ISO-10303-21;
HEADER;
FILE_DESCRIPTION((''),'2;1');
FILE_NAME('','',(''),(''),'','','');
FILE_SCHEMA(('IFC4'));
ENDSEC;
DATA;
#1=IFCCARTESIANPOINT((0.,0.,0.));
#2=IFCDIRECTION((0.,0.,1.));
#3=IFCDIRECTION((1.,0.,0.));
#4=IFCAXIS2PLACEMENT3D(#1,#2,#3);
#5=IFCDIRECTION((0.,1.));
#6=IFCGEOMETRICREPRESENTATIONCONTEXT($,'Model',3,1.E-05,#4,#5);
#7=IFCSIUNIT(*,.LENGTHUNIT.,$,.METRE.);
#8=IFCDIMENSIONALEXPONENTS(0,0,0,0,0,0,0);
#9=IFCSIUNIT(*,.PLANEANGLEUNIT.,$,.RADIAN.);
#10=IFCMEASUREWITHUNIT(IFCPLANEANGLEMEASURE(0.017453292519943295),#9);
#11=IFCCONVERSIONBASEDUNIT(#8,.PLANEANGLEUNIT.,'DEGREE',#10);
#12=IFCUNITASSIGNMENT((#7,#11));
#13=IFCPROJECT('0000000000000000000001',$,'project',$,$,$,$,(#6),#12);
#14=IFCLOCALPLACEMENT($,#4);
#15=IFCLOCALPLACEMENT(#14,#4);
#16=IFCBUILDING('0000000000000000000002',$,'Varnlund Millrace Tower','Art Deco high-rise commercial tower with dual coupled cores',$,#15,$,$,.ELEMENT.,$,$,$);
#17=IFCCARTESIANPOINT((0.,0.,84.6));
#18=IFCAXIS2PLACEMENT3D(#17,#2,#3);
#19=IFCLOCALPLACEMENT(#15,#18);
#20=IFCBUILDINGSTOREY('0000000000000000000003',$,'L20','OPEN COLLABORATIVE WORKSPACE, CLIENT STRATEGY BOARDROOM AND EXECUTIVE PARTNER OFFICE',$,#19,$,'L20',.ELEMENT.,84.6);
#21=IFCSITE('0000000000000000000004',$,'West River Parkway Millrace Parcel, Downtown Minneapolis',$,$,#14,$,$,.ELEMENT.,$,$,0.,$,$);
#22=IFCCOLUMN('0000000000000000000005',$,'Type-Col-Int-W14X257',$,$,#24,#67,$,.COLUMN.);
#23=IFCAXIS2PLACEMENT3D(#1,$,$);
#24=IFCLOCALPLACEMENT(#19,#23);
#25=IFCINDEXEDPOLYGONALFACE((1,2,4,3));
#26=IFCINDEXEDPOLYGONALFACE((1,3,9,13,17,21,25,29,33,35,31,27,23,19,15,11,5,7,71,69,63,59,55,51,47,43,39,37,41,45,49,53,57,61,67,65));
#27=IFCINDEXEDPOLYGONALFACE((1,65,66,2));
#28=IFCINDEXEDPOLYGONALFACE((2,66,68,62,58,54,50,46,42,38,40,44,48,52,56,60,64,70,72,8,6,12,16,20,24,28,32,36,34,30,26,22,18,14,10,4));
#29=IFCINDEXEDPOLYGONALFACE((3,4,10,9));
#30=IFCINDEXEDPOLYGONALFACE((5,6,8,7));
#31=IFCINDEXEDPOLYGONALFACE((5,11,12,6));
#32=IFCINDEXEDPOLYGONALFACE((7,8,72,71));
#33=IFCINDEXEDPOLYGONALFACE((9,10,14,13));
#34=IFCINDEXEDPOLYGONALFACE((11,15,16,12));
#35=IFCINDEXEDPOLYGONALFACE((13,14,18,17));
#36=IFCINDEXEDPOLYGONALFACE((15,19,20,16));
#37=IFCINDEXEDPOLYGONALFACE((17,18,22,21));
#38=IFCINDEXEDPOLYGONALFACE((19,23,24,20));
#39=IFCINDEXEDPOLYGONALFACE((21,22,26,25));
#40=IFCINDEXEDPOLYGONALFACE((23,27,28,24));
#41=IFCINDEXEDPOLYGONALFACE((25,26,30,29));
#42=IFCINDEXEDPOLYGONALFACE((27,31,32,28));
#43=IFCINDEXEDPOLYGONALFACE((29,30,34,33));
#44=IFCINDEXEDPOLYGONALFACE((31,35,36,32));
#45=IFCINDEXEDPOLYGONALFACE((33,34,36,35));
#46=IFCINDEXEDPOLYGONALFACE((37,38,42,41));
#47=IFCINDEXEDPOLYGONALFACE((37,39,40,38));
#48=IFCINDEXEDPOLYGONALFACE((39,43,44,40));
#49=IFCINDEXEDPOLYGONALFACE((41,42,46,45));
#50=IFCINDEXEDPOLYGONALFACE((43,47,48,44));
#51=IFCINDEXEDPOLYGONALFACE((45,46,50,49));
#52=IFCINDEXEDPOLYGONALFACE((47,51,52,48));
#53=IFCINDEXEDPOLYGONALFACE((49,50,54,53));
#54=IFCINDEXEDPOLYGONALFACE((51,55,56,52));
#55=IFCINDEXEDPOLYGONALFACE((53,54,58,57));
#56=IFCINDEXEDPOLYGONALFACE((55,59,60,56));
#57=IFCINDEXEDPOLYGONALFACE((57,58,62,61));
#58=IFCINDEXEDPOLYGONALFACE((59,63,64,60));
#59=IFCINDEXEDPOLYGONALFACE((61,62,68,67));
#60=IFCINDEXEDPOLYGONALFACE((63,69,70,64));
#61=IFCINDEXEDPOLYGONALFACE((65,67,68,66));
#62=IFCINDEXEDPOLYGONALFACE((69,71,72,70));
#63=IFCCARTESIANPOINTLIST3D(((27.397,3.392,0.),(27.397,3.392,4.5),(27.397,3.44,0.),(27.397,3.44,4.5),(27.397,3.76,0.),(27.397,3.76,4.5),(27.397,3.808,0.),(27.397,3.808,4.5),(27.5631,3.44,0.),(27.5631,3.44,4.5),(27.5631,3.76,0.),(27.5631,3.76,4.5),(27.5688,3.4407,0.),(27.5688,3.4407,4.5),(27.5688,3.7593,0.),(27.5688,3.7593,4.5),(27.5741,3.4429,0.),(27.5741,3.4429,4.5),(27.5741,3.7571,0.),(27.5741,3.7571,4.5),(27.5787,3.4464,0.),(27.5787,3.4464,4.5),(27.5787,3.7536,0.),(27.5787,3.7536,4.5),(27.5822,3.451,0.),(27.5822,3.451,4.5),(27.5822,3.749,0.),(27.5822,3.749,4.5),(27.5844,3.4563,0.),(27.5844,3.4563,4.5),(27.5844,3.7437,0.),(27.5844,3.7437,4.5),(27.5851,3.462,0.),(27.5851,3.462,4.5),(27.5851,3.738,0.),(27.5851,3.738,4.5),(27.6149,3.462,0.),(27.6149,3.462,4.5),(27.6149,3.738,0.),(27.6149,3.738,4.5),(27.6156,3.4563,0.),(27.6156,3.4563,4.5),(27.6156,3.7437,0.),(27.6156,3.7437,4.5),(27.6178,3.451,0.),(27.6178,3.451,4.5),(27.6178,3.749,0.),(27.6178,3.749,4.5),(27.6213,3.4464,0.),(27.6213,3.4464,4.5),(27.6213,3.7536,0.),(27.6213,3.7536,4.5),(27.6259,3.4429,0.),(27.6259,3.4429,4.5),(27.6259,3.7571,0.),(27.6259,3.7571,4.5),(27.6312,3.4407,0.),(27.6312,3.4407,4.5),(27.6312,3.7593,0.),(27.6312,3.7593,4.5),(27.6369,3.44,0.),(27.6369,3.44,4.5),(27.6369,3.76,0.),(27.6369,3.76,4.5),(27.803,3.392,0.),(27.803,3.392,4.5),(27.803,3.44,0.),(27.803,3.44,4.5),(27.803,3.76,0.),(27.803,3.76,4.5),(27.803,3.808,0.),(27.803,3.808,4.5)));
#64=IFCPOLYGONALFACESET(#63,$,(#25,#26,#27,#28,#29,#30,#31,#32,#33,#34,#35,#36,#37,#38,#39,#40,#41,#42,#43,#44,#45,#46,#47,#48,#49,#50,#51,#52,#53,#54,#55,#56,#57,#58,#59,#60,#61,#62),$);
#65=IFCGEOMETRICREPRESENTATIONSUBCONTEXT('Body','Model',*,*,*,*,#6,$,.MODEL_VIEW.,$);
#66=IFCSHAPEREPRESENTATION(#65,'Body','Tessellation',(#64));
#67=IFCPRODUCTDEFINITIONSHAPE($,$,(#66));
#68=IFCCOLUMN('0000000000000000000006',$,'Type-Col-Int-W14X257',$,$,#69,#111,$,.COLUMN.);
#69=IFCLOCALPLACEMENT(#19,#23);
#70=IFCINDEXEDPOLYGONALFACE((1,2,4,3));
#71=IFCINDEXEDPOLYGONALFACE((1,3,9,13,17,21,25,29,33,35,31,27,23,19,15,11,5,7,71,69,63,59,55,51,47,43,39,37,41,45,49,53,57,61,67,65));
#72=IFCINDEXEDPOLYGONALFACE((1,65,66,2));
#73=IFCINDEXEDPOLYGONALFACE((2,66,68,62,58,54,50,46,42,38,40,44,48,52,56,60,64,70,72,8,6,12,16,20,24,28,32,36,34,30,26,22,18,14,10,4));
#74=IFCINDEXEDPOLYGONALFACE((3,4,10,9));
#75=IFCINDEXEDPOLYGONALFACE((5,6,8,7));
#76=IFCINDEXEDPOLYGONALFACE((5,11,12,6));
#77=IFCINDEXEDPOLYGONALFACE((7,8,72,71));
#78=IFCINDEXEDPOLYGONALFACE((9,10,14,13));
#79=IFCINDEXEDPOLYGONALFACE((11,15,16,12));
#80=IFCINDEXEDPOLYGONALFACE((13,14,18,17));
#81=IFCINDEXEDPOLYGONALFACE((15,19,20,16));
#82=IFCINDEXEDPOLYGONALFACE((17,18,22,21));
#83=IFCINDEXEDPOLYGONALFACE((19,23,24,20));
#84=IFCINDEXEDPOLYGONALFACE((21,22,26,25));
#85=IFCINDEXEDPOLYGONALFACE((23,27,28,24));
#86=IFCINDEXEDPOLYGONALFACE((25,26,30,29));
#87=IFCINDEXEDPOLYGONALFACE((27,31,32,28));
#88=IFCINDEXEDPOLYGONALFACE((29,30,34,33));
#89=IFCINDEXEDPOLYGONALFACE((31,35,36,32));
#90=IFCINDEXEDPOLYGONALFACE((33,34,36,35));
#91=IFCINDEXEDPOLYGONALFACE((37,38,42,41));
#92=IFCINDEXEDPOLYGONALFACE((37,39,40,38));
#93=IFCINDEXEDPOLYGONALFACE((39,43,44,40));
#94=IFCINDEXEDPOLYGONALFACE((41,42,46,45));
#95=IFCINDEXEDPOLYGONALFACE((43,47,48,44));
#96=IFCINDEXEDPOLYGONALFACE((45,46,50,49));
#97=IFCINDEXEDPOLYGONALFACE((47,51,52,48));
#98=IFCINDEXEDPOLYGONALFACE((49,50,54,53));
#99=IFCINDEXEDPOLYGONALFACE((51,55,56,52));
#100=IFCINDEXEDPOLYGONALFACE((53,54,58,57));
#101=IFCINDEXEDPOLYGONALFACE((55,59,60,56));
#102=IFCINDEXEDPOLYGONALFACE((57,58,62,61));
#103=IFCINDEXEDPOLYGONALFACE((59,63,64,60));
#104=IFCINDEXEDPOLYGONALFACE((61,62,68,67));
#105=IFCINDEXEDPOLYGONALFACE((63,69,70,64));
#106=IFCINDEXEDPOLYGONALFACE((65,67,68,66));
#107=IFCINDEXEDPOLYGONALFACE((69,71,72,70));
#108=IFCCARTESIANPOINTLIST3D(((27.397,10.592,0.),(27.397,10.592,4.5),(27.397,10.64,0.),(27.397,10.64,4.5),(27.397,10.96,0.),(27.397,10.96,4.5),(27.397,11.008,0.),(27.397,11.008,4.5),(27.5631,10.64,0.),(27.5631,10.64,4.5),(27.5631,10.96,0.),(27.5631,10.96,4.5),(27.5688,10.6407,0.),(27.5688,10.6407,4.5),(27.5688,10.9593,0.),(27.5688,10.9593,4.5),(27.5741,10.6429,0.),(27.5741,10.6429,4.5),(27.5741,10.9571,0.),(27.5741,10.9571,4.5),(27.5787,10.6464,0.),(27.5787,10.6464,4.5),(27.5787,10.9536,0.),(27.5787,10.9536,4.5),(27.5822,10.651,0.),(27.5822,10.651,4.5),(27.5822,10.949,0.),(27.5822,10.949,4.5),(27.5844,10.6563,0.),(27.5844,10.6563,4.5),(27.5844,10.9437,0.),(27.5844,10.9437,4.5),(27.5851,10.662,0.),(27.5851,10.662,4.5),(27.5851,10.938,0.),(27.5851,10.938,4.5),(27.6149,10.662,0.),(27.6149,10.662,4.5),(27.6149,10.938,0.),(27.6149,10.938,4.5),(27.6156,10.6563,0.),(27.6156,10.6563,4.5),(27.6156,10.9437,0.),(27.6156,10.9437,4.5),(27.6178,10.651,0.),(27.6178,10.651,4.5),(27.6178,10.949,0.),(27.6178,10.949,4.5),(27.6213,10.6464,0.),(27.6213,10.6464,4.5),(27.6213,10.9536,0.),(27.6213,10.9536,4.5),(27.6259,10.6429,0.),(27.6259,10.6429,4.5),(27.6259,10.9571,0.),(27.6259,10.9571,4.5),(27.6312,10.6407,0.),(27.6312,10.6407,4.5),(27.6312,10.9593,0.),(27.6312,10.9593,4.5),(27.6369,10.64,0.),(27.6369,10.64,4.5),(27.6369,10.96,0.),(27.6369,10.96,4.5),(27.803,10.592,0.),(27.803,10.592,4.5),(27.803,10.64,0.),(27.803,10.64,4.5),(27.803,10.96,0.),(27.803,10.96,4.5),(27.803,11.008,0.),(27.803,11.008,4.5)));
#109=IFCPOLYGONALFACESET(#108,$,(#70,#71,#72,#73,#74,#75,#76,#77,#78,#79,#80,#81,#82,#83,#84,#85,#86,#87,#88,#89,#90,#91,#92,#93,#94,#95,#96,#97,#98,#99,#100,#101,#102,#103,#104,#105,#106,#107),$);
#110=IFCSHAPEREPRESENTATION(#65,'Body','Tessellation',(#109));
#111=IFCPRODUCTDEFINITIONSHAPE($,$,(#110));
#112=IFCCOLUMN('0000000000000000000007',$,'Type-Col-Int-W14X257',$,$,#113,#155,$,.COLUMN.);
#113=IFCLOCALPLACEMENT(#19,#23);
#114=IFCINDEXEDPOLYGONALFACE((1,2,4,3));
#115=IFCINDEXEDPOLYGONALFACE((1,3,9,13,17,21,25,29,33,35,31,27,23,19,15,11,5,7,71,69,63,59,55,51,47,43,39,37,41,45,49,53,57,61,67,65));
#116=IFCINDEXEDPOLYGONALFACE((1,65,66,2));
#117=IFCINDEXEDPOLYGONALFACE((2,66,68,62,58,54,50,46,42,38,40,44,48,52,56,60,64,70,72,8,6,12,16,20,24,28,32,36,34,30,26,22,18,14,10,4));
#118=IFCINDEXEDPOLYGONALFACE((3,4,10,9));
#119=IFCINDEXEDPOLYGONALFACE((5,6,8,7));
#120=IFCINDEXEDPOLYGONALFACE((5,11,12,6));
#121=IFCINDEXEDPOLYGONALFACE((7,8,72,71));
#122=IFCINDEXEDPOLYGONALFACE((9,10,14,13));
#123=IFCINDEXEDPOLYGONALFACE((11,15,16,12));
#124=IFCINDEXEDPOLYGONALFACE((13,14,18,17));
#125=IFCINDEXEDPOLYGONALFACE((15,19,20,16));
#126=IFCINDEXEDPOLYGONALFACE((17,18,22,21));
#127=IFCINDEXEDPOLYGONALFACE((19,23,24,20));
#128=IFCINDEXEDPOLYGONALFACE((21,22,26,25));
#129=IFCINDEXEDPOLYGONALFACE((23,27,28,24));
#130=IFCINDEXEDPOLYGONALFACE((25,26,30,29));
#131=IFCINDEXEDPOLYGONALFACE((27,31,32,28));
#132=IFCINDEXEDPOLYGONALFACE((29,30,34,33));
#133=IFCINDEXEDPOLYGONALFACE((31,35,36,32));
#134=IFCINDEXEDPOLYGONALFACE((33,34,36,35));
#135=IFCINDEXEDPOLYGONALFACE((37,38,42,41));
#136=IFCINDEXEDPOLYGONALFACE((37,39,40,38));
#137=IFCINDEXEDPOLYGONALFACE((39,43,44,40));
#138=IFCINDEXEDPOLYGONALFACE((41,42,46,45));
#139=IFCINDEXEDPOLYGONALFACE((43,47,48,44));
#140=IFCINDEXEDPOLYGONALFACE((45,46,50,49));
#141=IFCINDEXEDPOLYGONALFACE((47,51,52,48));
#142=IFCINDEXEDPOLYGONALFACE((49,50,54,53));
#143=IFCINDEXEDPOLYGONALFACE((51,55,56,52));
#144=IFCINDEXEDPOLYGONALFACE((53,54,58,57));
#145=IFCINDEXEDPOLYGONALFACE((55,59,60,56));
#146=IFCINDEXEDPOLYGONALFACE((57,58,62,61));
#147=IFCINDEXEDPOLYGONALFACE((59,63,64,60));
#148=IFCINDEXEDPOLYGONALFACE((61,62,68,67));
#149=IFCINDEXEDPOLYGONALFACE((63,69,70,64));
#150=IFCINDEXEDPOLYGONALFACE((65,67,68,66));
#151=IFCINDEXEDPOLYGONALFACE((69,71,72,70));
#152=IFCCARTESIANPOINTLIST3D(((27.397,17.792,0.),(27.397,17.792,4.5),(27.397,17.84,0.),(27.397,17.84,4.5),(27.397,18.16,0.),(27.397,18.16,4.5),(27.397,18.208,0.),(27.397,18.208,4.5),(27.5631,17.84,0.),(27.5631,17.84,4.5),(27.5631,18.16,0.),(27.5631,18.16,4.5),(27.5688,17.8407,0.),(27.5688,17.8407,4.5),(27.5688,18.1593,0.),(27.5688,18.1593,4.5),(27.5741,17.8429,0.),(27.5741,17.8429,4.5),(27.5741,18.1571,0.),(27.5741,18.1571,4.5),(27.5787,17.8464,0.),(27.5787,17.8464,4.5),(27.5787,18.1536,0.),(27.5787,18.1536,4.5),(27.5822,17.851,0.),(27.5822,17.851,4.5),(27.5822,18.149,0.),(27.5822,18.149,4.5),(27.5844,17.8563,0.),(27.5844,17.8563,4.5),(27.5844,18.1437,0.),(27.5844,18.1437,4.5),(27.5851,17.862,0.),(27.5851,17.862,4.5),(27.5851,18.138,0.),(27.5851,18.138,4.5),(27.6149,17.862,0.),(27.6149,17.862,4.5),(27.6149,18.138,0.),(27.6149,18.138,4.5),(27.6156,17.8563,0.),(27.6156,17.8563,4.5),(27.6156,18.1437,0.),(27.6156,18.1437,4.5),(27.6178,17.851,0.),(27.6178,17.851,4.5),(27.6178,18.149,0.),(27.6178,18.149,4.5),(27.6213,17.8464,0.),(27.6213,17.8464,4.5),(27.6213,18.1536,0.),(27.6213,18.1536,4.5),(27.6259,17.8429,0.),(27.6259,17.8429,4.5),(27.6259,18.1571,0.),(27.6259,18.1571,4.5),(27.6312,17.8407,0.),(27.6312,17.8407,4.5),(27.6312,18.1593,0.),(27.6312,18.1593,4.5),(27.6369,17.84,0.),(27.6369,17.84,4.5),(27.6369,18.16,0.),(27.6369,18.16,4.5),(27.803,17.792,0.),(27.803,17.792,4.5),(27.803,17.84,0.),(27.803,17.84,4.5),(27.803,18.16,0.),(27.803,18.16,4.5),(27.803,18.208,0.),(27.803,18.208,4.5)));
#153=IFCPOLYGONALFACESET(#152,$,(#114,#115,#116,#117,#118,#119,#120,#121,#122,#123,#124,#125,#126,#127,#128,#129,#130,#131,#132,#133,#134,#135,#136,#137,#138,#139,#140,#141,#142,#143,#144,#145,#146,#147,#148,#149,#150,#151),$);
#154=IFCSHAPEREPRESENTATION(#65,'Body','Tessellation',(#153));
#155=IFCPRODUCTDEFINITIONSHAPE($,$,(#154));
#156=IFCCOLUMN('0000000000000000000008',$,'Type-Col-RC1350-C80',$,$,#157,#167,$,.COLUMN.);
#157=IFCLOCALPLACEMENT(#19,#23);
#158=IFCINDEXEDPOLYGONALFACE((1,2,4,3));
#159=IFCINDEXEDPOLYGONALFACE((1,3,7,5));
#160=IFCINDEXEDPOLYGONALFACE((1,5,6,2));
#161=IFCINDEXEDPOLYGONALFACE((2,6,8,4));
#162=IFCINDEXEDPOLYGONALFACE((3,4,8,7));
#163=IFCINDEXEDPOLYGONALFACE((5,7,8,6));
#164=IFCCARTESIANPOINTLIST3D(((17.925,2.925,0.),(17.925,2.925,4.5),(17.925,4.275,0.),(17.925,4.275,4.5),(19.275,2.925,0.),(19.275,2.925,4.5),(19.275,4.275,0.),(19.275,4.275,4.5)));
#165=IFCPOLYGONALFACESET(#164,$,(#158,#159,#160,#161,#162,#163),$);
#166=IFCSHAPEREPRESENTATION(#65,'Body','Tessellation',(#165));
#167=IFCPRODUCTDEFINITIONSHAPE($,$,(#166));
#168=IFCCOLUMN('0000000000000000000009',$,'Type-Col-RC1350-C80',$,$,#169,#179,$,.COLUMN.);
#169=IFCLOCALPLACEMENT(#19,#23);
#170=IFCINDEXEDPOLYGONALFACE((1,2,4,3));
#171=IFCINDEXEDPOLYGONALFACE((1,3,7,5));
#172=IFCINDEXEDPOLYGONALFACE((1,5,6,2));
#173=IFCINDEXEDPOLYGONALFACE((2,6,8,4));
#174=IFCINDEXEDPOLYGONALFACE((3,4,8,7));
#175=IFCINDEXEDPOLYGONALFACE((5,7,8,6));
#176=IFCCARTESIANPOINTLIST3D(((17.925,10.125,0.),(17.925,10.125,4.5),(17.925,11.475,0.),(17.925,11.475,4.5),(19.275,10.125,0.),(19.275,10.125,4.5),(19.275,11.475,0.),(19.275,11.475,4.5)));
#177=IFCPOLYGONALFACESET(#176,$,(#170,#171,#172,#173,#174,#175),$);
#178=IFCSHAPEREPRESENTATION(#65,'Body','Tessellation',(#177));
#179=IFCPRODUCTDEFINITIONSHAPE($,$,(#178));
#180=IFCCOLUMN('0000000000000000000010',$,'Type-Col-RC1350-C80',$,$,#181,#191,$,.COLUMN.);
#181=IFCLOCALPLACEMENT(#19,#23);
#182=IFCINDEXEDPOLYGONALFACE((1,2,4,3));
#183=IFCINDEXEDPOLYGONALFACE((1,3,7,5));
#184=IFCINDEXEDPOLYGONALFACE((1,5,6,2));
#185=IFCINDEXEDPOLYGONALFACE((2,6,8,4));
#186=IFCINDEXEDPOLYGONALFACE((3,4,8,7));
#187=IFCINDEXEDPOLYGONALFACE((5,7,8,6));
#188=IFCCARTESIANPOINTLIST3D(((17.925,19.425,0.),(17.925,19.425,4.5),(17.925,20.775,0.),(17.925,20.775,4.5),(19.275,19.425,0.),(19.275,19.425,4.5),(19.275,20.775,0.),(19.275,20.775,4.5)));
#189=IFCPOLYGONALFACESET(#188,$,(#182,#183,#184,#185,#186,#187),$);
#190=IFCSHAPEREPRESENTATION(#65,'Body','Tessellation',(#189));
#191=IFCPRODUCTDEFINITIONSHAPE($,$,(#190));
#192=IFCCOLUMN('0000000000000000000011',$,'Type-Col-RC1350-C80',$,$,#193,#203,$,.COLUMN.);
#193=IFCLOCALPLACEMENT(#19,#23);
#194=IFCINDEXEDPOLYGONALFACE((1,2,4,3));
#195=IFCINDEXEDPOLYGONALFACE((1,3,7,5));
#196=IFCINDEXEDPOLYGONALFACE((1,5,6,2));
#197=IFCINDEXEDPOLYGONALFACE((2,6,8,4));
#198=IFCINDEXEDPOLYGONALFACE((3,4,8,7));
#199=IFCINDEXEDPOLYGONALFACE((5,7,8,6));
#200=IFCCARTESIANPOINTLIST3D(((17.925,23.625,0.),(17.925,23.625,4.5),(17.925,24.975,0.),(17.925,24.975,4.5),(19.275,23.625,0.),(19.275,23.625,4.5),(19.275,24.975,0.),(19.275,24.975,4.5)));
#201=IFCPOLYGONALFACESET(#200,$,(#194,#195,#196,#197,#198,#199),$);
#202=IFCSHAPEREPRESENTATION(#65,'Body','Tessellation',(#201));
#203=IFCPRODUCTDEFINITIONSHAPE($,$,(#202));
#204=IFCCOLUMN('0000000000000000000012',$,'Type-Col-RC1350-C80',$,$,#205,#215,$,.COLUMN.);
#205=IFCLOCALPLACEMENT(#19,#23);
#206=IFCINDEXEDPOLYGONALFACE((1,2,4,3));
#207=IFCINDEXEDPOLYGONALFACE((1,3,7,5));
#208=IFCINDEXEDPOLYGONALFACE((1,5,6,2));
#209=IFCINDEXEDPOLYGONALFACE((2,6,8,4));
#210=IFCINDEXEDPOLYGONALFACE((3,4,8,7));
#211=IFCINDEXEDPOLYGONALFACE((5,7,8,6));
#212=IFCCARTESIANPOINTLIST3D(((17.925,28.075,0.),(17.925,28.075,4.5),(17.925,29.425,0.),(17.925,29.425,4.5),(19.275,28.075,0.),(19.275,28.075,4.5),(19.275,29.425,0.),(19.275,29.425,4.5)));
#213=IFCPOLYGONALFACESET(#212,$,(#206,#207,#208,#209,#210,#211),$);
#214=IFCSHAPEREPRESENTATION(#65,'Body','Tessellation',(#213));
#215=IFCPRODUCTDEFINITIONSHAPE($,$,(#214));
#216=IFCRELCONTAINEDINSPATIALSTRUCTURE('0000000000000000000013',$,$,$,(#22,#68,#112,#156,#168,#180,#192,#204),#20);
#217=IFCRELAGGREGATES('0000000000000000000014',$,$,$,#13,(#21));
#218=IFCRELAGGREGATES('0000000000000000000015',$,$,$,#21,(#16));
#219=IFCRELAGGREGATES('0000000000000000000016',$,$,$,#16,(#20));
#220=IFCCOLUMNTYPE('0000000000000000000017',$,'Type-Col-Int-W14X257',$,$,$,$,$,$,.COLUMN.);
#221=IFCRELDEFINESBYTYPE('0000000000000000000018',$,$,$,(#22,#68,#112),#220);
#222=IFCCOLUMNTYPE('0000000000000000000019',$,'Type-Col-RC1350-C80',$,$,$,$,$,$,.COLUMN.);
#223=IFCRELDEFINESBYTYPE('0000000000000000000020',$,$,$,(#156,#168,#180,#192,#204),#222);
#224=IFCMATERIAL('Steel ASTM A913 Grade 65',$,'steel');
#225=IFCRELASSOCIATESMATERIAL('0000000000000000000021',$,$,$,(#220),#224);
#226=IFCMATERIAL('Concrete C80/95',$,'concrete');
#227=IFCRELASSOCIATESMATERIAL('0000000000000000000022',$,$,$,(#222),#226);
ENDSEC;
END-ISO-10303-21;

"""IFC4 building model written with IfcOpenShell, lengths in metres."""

from ifc_helpers import new_model, entity, si_unit, converted_unit, direction, frame, origin_with_axes, origin_2d_with_axis, place, context, subcontext, project, spatial, rectangle, i_section, extrude, material, material_profile, profile_set, type_object, element, save


model = new_model("IFC4")

# Units and contexts
model_context = context("Model", 3, precision=1e-05, world=origin_with_axes(), true_north=direction((0.0, 1.0)))
body_context = subcontext(model_context, "Body", "Model", "MODEL_VIEW")
ifc_project = project(units=[si_unit("LENGTHUNIT", "METRE"), converted_unit("PLANEANGLEUNIT", "DEGREE", entity("IfcPlaneAngleMeasure", 0.017453292519943295), si_unit("PLANEANGLEUNIT", "RADIAN"), dimensions=[0, 0, 0, 0, 0, 0, 0])], contexts=[model_context])

# Site, building, storey
site_placement = place(None, origin_with_axes())
site = spatial("IfcSite", under=ifc_project, at=site_placement, Name="West River Parkway Millrace Parcel, Downtown Minneapolis", CompositionType="ELEMENT", RefElevation=0.0)
building_placement = place(site_placement, origin_with_axes())
building = spatial("IfcBuilding", under=site, at=building_placement, Name="Varnlund Millrace Tower", Description="Art Deco high-rise commercial tower with dual coupled cores", CompositionType="ELEMENT")
storey_placement = place(building_placement, frame((0.0, 0.0, 84.6), z_axis=(0.0, 0.0, 1.0), x_axis=(1.0, 0.0, 0.0)))
storey = spatial("IfcBuildingStorey", under=building, at=storey_placement, Name="L20", Description="OPEN COLLABORATIVE WORKSPACE, CLIENT STRATEGY BOARDROOM AND EXECUTIVE PARTNER OFFICE", LongName="L20", CompositionType="ELEMENT", Elevation=84.6)

# Columns
ifc_material_1 = material(Name="Steel ASTM A913 Grade 65", Category="steel")
ifc_material_profile_1 = material_profile(ifc_material_1, i_section(OverallWidth=0.406, OverallDepth=0.416, WebThickness=0.0298, FlangeThickness=0.048, FilletRadius=0.022, at=origin_2d_with_axis()), Name="Steel ASTM A913 Grade 65")
ifc_profile_set_1 = profile_set([ifc_material_profile_1], Name="Steel ASTM A913 Grade 65")
column_type_1 = type_object("IfcColumnType", Name="Type-Col-Int-W14X257", PredefinedType="COLUMN", material=ifc_profile_set_1)
for number, where, z_axis, x_axis, name in (
    (1, (27.6, 3.6, 0.0), (0.0, 0.0, 1.0), (1.0, 0.0, 0.0), "Type-Col-Int-W14X257"),
    (2, (27.6, 10.8, 0.0), (0.0, 0.0, 1.0), (1.0, 0.0, 0.0), "Type-Col-Int-W14X257"),
    (3, (27.6, 18.0, 0.0), (0.0, 0.0, 1.0), (1.0, 0.0, 0.0), "Type-Col-Int-W14X257"),
):
    element("IfcColumn", number, at=place(storey_placement, frame(where, z_axis=z_axis, x_axis=x_axis)), inside=storey, type_object=column_type_1, Name=name, PredefinedType="COLUMN", context=body_context, shape_type="SweptSolid", body=[
        extrude(i_section(OverallWidth=0.406, OverallDepth=0.416, WebThickness=0.0298, FlangeThickness=0.048, FilletRadius=0.022, at=origin_2d_with_axis()), origin_with_axes(), (0.0, 0.0, 1.0), 4.5),
    ])
ifc_material_2 = material(Name="Concrete C80/95", Category="concrete")
ifc_material_profile_2 = material_profile(ifc_material_2, rectangle(XDim=1.35, YDim=1.35, at=origin_2d_with_axis()), Name="Concrete C80/95")
ifc_profile_set_2 = profile_set([ifc_material_profile_2], Name="Concrete C80/95")
column_type_2 = type_object("IfcColumnType", Name="Type-Col-RC1350-C80", PredefinedType="COLUMN", material=ifc_profile_set_2)
for number, where, z_axis, x_axis, name in (
    (4, (18.6, 3.6, 0.0), (0.0, 0.0, 1.0), (1.0, 0.0, 0.0), "Type-Col-RC1350-C80"),
    (5, (18.6, 10.8, 0.0), (0.0, 0.0, 1.0), (1.0, 0.0, 0.0), "Type-Col-RC1350-C80"),
    (6, (18.6, 20.1, 0.0), (0.0, 0.0, 1.0), (1.0, 0.0, 0.0), "Type-Col-RC1350-C80"),
    (7, (18.6, 24.3, 0.0), (0.0, 0.0, 1.0), (1.0, 0.0, 0.0), "Type-Col-RC1350-C80"),
    (8, (18.6, 28.75, 0.0), (0.0, 0.0, 1.0), (1.0, 0.0, 0.0), "Type-Col-RC1350-C80"),
):
    element("IfcColumn", number, at=place(storey_placement, frame(where, z_axis=z_axis, x_axis=x_axis)), inside=storey, type_object=column_type_2, Name=name, PredefinedType="COLUMN", context=body_context, shape_type="SweptSolid", body=[
        extrude(rectangle(XDim=1.35, YDim=1.35, at=origin_2d_with_axis()), origin_with_axes(), (0.0, 0.0, 1.0), 4.5),
    ])

save(model, "model.ifc")
